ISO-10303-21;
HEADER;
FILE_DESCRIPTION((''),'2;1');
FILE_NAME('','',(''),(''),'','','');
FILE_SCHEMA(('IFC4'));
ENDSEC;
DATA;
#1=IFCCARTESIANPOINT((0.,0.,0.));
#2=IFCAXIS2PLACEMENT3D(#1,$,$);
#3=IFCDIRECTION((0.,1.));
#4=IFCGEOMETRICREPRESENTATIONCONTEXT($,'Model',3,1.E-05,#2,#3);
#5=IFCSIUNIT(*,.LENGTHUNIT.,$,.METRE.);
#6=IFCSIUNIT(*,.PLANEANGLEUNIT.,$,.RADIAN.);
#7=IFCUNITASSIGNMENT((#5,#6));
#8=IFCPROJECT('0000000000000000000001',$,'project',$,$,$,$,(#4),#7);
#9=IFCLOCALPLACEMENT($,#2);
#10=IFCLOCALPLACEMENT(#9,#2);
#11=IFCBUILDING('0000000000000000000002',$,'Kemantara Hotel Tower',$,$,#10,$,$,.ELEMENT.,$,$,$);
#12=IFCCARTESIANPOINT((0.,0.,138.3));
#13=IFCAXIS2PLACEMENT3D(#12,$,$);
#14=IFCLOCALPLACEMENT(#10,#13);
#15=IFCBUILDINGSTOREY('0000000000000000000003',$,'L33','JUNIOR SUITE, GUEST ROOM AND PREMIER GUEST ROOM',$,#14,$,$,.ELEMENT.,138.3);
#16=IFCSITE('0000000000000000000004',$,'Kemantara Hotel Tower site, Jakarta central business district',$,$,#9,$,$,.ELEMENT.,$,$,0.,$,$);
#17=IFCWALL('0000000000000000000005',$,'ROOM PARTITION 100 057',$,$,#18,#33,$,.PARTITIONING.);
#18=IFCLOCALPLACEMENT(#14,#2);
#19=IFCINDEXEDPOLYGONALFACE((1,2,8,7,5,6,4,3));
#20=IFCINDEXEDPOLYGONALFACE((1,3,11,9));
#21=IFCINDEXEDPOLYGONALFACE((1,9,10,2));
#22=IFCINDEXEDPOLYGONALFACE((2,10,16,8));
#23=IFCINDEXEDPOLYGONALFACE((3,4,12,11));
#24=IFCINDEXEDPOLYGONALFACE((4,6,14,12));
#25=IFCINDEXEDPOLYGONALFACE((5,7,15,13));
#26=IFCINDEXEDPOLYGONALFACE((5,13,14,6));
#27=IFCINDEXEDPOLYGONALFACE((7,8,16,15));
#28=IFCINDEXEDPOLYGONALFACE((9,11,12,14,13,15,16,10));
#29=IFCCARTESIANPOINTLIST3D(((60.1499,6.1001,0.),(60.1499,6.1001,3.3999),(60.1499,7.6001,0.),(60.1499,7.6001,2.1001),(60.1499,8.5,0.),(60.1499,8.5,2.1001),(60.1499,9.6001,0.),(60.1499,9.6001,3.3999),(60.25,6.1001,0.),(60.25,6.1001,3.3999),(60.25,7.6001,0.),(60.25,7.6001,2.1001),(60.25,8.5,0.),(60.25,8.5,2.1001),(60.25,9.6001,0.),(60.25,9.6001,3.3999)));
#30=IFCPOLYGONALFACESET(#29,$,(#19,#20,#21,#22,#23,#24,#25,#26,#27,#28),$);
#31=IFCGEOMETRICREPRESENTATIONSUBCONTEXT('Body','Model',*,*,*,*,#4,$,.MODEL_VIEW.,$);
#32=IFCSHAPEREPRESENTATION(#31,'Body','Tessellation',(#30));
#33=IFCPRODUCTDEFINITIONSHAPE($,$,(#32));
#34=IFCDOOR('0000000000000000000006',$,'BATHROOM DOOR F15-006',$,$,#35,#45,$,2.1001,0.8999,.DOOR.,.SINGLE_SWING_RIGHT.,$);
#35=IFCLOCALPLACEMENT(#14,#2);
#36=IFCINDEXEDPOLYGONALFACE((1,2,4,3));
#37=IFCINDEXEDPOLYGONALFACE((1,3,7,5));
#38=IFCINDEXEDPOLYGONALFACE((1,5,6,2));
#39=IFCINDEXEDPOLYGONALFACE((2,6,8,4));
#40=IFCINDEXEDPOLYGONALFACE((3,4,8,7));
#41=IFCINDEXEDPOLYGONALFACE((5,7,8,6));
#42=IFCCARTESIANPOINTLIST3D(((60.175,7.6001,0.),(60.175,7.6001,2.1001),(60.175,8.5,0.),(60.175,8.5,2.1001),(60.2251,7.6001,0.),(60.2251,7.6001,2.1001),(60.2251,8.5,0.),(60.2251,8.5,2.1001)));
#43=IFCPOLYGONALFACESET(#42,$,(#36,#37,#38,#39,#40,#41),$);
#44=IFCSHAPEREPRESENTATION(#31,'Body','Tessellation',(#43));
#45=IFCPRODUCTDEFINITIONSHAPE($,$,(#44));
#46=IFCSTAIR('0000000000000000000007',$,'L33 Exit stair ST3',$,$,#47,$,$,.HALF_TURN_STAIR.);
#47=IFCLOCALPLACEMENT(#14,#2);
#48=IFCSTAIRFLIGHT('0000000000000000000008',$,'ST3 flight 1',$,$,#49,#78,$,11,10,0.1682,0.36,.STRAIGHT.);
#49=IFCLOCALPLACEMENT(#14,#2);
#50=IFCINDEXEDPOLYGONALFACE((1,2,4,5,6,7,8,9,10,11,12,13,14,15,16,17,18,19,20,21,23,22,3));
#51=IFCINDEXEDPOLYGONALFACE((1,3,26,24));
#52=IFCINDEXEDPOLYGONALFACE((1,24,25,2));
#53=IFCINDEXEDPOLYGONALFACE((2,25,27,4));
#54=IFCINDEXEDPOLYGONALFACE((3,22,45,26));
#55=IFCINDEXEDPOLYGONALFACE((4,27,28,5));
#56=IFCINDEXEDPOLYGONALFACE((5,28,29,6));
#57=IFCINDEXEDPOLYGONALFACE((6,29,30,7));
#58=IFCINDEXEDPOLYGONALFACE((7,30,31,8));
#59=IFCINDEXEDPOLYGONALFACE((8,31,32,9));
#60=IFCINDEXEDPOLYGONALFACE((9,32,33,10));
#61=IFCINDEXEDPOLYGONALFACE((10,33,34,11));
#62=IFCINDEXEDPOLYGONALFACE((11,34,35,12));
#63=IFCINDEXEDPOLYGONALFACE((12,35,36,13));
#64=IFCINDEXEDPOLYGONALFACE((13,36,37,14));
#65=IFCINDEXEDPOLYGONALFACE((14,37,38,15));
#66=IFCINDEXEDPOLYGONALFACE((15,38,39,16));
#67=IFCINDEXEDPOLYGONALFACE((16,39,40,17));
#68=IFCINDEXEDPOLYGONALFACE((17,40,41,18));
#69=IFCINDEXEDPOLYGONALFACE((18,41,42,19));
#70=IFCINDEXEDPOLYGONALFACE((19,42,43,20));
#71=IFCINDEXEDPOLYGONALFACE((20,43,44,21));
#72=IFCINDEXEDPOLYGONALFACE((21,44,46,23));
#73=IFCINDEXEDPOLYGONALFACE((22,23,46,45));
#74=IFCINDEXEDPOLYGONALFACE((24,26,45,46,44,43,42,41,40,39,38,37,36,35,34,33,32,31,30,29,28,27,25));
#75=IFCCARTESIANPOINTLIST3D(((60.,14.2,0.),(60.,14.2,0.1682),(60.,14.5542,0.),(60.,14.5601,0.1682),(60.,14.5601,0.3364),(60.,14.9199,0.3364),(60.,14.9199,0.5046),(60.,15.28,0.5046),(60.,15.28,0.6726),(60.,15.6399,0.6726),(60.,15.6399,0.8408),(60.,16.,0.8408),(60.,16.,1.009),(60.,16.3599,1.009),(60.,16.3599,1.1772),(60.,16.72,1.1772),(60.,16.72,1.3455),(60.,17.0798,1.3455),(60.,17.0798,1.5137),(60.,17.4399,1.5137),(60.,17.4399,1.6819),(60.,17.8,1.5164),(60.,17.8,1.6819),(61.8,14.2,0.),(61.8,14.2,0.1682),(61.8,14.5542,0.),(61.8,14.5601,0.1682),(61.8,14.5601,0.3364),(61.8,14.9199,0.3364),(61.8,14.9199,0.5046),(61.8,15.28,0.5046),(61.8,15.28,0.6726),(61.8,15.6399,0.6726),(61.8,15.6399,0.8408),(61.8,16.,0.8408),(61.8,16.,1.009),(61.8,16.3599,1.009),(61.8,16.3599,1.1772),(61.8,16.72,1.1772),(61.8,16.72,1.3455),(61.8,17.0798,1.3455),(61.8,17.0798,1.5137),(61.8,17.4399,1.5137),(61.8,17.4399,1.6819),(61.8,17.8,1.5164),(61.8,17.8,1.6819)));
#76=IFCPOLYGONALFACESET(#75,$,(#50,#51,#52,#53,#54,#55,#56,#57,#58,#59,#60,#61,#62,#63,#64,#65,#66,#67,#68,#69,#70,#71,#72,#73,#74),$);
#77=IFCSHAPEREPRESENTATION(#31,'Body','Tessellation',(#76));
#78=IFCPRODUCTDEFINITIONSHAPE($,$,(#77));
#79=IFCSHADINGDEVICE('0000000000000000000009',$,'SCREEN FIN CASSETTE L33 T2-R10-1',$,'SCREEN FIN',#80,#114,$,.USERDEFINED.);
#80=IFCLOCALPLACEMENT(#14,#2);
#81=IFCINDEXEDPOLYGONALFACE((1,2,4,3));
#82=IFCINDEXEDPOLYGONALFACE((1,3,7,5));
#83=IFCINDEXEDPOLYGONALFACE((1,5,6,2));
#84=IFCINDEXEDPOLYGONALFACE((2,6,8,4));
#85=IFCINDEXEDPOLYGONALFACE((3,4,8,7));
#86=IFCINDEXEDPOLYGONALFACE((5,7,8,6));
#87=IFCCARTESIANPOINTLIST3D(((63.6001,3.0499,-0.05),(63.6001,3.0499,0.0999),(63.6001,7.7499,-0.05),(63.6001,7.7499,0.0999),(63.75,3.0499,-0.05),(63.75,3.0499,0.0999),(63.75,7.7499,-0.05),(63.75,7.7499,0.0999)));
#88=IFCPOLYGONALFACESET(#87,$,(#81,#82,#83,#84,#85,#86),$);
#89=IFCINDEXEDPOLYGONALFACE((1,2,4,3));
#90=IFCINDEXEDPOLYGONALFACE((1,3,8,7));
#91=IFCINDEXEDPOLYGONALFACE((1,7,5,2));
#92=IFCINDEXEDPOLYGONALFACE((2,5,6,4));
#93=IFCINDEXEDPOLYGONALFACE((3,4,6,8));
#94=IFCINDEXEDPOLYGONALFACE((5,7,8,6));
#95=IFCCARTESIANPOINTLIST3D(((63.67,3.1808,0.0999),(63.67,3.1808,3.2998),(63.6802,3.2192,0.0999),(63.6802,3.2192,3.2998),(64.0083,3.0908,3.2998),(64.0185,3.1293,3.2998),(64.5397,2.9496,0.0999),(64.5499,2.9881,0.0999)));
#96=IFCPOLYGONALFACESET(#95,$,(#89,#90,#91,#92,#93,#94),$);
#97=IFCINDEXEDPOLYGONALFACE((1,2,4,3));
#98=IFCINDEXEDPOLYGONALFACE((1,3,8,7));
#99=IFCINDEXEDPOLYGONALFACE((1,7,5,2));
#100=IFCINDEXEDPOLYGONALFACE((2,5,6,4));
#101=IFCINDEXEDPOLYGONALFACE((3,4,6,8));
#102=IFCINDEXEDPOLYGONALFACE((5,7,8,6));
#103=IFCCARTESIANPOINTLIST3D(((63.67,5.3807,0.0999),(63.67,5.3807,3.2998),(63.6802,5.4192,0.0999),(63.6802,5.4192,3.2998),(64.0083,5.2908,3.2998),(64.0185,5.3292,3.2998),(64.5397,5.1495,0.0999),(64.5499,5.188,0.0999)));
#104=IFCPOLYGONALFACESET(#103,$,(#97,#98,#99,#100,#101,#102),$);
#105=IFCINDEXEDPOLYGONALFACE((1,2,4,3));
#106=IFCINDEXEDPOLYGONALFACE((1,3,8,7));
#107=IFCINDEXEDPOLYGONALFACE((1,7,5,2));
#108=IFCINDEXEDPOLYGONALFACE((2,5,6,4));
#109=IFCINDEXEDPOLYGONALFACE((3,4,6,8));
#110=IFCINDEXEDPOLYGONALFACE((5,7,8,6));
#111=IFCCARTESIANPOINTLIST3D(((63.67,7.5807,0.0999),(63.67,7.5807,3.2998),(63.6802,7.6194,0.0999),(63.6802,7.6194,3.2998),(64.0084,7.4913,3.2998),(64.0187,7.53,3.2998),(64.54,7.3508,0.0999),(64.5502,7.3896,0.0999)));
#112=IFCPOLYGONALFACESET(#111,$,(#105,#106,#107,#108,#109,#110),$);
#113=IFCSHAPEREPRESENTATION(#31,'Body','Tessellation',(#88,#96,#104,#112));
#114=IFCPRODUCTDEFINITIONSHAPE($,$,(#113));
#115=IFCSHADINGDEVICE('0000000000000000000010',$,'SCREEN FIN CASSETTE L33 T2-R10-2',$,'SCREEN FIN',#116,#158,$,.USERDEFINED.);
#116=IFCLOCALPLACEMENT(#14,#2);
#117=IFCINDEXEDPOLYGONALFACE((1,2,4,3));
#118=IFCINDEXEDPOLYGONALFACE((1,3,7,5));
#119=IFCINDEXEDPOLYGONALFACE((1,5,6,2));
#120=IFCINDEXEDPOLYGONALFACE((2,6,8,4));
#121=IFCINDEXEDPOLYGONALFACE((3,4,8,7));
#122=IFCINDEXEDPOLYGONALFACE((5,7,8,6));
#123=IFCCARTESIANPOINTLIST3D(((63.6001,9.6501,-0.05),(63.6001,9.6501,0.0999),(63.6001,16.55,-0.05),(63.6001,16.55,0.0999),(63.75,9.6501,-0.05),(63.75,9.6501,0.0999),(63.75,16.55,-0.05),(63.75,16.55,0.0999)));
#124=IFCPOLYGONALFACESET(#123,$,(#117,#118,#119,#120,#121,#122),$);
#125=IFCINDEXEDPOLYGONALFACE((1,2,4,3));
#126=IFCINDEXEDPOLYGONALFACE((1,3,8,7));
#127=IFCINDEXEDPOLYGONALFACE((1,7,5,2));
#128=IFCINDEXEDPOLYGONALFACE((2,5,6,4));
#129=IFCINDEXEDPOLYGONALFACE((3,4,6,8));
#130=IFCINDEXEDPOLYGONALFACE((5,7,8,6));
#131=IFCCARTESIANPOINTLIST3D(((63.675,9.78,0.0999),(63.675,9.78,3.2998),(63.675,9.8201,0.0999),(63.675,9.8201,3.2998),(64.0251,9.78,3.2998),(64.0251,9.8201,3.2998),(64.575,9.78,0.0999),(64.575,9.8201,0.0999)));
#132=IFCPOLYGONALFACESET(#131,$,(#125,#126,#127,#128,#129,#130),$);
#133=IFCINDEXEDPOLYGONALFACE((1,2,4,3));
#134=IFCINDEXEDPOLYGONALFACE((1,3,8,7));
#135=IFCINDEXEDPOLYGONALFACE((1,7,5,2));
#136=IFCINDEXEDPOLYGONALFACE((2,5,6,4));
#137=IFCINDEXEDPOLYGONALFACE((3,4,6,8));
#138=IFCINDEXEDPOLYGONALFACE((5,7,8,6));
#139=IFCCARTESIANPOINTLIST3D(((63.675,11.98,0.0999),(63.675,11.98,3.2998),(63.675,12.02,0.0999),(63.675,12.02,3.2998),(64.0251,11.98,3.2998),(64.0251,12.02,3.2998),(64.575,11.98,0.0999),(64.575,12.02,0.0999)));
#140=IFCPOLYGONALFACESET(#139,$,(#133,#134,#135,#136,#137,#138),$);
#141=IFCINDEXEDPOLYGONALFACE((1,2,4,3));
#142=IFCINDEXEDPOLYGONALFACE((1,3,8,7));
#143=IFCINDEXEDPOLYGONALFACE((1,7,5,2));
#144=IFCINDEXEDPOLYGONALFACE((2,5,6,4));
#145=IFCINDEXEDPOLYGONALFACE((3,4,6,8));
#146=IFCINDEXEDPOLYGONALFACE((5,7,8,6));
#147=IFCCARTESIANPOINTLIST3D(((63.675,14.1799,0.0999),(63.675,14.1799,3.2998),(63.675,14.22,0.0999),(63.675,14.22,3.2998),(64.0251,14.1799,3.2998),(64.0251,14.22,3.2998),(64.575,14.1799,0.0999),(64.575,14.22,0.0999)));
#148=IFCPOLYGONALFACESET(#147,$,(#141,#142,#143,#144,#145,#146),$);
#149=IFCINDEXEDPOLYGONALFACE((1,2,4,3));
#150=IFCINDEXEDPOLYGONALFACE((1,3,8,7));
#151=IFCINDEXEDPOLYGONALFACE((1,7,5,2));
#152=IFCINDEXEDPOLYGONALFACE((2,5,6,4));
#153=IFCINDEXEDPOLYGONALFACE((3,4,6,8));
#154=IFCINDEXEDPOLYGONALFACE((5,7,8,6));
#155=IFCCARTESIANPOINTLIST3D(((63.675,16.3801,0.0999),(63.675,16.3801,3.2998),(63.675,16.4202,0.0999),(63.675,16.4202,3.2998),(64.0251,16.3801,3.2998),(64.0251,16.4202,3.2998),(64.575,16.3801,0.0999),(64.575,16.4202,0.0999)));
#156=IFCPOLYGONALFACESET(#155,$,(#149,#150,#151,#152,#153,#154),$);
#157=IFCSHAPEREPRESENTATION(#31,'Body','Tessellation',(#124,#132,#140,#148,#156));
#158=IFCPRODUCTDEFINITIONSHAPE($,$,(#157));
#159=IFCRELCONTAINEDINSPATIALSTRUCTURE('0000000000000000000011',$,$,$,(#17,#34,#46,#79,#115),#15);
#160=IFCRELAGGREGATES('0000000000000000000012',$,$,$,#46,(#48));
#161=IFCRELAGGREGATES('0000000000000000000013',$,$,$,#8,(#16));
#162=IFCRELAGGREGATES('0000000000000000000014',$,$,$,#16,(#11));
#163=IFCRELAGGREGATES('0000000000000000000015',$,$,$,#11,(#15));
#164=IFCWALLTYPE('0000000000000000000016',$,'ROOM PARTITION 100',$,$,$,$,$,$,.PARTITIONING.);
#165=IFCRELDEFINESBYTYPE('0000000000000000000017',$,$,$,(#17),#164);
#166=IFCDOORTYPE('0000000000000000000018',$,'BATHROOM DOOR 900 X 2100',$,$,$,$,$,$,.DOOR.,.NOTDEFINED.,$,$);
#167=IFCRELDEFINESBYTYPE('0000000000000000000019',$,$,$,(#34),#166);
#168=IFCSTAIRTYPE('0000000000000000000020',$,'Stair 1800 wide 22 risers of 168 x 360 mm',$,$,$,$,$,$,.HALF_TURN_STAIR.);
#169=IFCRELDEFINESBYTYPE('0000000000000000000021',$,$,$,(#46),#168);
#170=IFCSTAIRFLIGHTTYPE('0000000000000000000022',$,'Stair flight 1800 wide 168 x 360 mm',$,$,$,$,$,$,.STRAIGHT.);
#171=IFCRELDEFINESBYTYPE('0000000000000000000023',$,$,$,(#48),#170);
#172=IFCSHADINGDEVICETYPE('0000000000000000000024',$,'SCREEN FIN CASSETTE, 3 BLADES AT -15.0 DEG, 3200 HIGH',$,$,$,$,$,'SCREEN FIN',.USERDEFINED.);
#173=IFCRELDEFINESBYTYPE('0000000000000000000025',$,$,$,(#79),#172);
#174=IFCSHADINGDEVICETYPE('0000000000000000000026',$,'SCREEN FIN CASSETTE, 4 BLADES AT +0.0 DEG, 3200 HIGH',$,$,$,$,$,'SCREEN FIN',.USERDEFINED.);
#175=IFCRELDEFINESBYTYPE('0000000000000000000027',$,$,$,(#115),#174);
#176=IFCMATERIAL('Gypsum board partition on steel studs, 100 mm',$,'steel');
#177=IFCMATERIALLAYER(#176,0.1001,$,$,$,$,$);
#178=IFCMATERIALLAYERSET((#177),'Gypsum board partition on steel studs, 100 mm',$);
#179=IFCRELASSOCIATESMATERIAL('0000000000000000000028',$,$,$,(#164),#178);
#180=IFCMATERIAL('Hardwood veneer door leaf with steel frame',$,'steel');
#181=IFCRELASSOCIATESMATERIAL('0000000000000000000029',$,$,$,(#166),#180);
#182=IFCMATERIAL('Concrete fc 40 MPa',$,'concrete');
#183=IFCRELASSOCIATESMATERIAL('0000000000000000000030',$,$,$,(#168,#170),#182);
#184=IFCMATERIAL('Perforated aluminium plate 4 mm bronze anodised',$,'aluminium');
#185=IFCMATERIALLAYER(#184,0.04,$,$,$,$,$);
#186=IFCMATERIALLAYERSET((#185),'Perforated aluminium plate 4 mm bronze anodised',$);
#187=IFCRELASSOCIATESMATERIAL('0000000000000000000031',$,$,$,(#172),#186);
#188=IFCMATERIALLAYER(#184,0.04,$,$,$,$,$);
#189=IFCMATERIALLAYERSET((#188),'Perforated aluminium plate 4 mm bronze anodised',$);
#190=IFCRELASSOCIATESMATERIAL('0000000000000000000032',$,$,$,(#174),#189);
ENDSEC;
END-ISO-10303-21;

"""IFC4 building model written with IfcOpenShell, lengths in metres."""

from ifc_helpers import new_model, si_unit, direction, frame, frame_2d, origin, origin_2d, place, context, subcontext, project, spatial, polyline, rectangle, outline, extrude, source, transform, mapped, material, layer, layer_set, type_object, element, fill, aggregate, save


model = new_model("IFC4")

# Units and contexts
model_context = context("Model", 3, precision=1e-05, world=origin(), true_north=direction((0.0, 1.0)))
body_context = subcontext(model_context, "Body", "Model", "MODEL_VIEW")
ifc_project = project(units=[si_unit("LENGTHUNIT", "METRE"), si_unit("PLANEANGLEUNIT", "RADIAN")], contexts=[model_context])

# Site, building, storey
site_placement = place(None, origin())
site = spatial("IfcSite", under=ifc_project, at=site_placement, Name="Kemantara Hotel Tower site, Jakarta central business district", CompositionType="ELEMENT", RefElevation=0.0)
building_placement = place(site_placement, origin())
building = spatial("IfcBuilding", under=site, at=building_placement, Name="Kemantara Hotel Tower", CompositionType="ELEMENT")
storey_placement = place(building_placement, frame((0.0, 0.0, 138.3)))
storey = spatial("IfcBuildingStorey", under=building, at=storey_placement, Name="L33", Description="JUNIOR SUITE, GUEST ROOM AND PREMIER GUEST ROOM", CompositionType="ELEMENT", Elevation=138.3)

# Shared definitions
ifc_material_1 = material(Name="Hardwood veneer door leaf with steel frame", Category="steel")

# Shared definitions
ifc_material_2 = material(Name="Concrete fc 40 MPa", Category="concrete")

# Shared definitions
ifc_material_3 = material(Name="Gypsum board partition on steel studs, 100 mm", Category="steel")
ifc_layer_1 = layer(ifc_material_3, 0.1001)
ifc_layer_set_1 = layer_set([ifc_layer_1], Name="Gypsum board partition on steel studs, 100 mm")
wall_type_1 = type_object("IfcWallType", Name="ROOM PARTITION 100", PredefinedType="PARTITIONING", material=ifc_layer_set_1)

# Wall, opening, door
wall_1_placement = place(storey_placement, frame((60.2, 6.1001, 0.0), z_axis=(0.0, 0.0, 1.0), x_axis=(0.0, 1.0, 0.0)))
wall_1 = element("IfcWall", 1, at=wall_1_placement, inside=storey, type_object=wall_type_1, Name="ROOM PARTITION 100 057", PredefinedType="PARTITIONING", context=body_context, shape_type="SweptSolid", body=[
    extrude(rectangle(XDim=3.5, YDim=0.1001, at=frame_2d((1.75, 0.0))), origin(), (0.0, 0.0, 1.0), 3.3999),
])
opening_1_placement = place(wall_1_placement, frame((1.5, 0.0, 0.0)))
opening_1 = element("IfcOpeningElement", 2, at=opening_1_placement, cuts=wall_1, PredefinedType="OPENING", context=body_context, shape_type="SweptSolid", body=[
    extrude(rectangle(XDim=0.8999, YDim=2.1001, at=frame_2d((0.45, 1.05))), frame((0.0, 0.0601, 0.0), z_axis=(0.0, -1.0, 0.0), x_axis=(1.0, 0.0, 0.0)), (0.0, 0.0, 1.0), 0.1201),
])
door_type_1 = type_object("IfcDoorType", Name="BATHROOM DOOR 900 X 2100", OperationType="NOTDEFINED", PredefinedType="DOOR", material=ifc_material_1)
door_1_placement = place(opening_1_placement, origin())
door_1 = element("IfcDoor", 3, at=door_1_placement, inside=storey, type_object=door_type_1, Name="BATHROOM DOOR F15-006", OperationType="SINGLE_SWING_RIGHT", OverallHeight=2.1001, OverallWidth=0.8999, PredefinedType="DOOR", context=body_context, shape_type="SweptSolid", body=[
    extrude(rectangle(XDim=0.8999, YDim=2.1001, at=frame_2d((0.45, 1.05))), frame((0.0, 0.0249, 0.0), z_axis=(0.0, -1.0, 0.0), x_axis=(1.0, 0.0, 0.0)), (0.0, 0.0, 1.0), 0.05),
])
fill(opening_1, door_1)

# Stair, stair flight
stair_type = type_object("IfcStairType", Name="Stair 1800 wide 22 risers of 168 x 360 mm", PredefinedType="HALF_TURN_STAIR", material=ifc_material_2)
stair_placement = place(storey_placement, origin())
stair = element("IfcStair", 4, at=stair_placement, inside=storey, type_object=stair_type, Name="L33 Exit stair ST3", PredefinedType="HALF_TURN_STAIR")
stair_flight_type = type_object("IfcStairFlightType", Name="Stair flight 1800 wide 168 x 360 mm", PredefinedType="STRAIGHT", material=ifc_material_2)
stair_flight_placement = place(storey_placement, frame((60.8999, 14.2, 0.0), z_axis=(0.0, 0.0, 1.0), x_axis=(0.0, 1.0, 0.0)))
stair_flight = element("IfcStairFlight", 5, at=stair_flight_placement, type_object=stair_flight_type, Name="ST3 flight 1", NumberOfRisers=11, NumberOfTreads=10, PredefinedType="STRAIGHT", RiserHeight=0.1682, TreadLength=0.36, context=body_context, shape_type="SweptSolid", body=[
    extrude(outline(polyline([(0.0, 0.0), (0.0, 0.1682), (0.3601, 0.1682), (0.3601, 0.3364), (0.72, 0.3364), (0.72, 0.5046), (1.0801, 0.5046), (1.0801, 0.6726), (1.4399, 0.6726), (1.4399, 0.8408), (1.8, 0.8408), (1.8, 1.009), (2.1599, 1.009), (2.1599, 1.1772), (2.52, 1.1772), (2.52, 1.3455), (2.8799, 1.3455), (2.8799, 1.5137), (3.24, 1.5137), (3.24, 1.6819), (3.6001, 1.6819), (3.6001, 1.8501), (3.6001, 1.5164), (0.3542, 0.0), (0.0, 0.0)])), frame((0.0, 0.8999, 0.0), z_axis=(0.0, -1.0, 0.0), x_axis=(1.0, 0.0, 0.0)), (0.0, 0.0, 1.0), 1.8),
])
aggregate(stair, [stair_flight])

# Shading devices
ifc_material_4 = material(Name="Perforated aluminium plate 4 mm bronze anodised", Category="aluminium")
ifc_layer_2 = layer(ifc_material_4, 0.04)
ifc_layer_set_2 = layer_set([ifc_layer_2], Name="Perforated aluminium plate 4 mm bronze anodised")
shading_device_type_1 = type_object("IfcShadingDeviceType", Name="SCREEN FIN CASSETTE, 3 BLADES AT -15.0 DEG, 3200 HIGH", ElementType="SCREEN FIN", PredefinedType="USERDEFINED", material=ifc_layer_set_2)
shared_shape_1 = source(origin(), body_context, "Body", "SweptSolid", [
    extrude(rectangle(XDim=4.7, YDim=0.1499, at=origin_2d()), frame((2.2, -0.075, -0.1499), z_axis=(0.0, 0.0, 1.0), x_axis=(1.0, 0.0, 0.0)), (0.0, 0.0, 1.0), 0.1499),
    extrude(outline(polyline([(0.0, 0.0), (0.8999, 0.0), (0.3501, 3.2), (0.0, 3.2), (0.0, 0.0)])), frame((0.0193, -0.0801, 0.0), z_axis=(-0.966438, 0.256901, 0.0), x_axis=(-0.256901, -0.966438, 0.0)), (0.0, 0.0, 1.0), 0.0398),
    extrude(outline(polyline([(0.0, 0.0), (0.8999, 0.0), (0.3501, 3.2), (0.0, 3.2), (0.0, 0.0)])), frame((2.2192, -0.0801, 0.0), z_axis=(-0.966438, 0.256901, 0.0), x_axis=(-0.256901, -0.966438, 0.0)), (0.0, 0.0, 1.0), 0.0398),
    extrude(outline(polyline([(0.0, 0.0), (0.8999, 0.0), (0.3501, 3.2), (0.0, 3.2), (0.0, 0.0)])), frame((4.4194, -0.0801, 0.0), z_axis=(-0.966838, 0.255391, 0.0), x_axis=(-0.255391, -0.966838, 0.0)), (0.0, 0.0, 1.0), 0.04),
])
shading_device_1_placement = place(storey_placement, frame((63.6001, 3.2, 0.0999), z_axis=(0.0, 0.0, 1.0), x_axis=(0.0, 1.0, 0.0)))
element("IfcShadingDevice", 6, at=shading_device_1_placement, inside=storey, type_object=shading_device_type_1, Name="SCREEN FIN CASSETTE L33 T2-R10-1", ObjectType="SCREEN FIN", PredefinedType="USERDEFINED", context=body_context, shape_type="MappedRepresentation", body=[
    mapped(shared_shape_1, transform((0.0, 0.0, 0.0))),
])
ifc_layer_3 = layer(ifc_material_4, 0.04)
ifc_layer_set_3 = layer_set([ifc_layer_3], Name="Perforated aluminium plate 4 mm bronze anodised")
shading_device_type_2 = type_object("IfcShadingDeviceType", Name="SCREEN FIN CASSETTE, 4 BLADES AT +0.0 DEG, 3200 HIGH", ElementType="SCREEN FIN", PredefinedType="USERDEFINED", material=ifc_layer_set_3)
shared_shape_2 = source(origin(), body_context, "Body", "SweptSolid", [
    extrude(rectangle(XDim=6.8999, YDim=0.1499, at=origin_2d()), frame((3.3, -0.075, -0.1499), z_axis=(0.0, 0.0, 1.0), x_axis=(1.0, 0.0, 0.0)), (0.0, 0.0, 1.0), 0.1499),
    extrude(outline(polyline([(0.0, 0.0), (0.8999, 0.0), (0.3501, 3.2), (0.0, 3.2), (0.0, 0.0)])), frame((0.02, -0.075, 0.0), z_axis=(-1.0, 0.0, 0.0), x_axis=(0.0, -1.0, 0.0)), (0.0, 0.0, 1.0), 0.04),
    extrude(outline(polyline([(0.0, 0.0), (0.8999, 0.0), (0.3501, 3.2), (0.0, 3.2), (0.0, 0.0)])), frame((2.22, -0.075, 0.0), z_axis=(-1.0, 0.0, 0.0), x_axis=(0.0, -1.0, 0.0)), (0.0, 0.0, 1.0), 0.04),
    extrude(outline(polyline([(0.0, 0.0), (0.8999, 0.0), (0.3501, 3.2), (0.0, 3.2), (0.0, 0.0)])), frame((4.4199, -0.075, 0.0), z_axis=(-1.0, 0.0, 0.0), x_axis=(0.0, -1.0, 0.0)), (0.0, 0.0, 1.0), 0.04),
    extrude(outline(polyline([(0.0, 0.0), (0.8999, 0.0), (0.3501, 3.2), (0.0, 3.2), (0.0, 0.0)])), frame((6.6201, -0.075, 0.0), z_axis=(-1.0, 0.0, 0.0), x_axis=(0.0, -1.0, 0.0)), (0.0, 0.0, 1.0), 0.04),
])
shading_device_2_placement = place(storey_placement, frame((63.6001, 9.8, 0.0999), z_axis=(0.0, 0.0, 1.0), x_axis=(0.0, 1.0, 0.0)))
element("IfcShadingDevice", 7, at=shading_device_2_placement, inside=storey, type_object=shading_device_type_2, Name="SCREEN FIN CASSETTE L33 T2-R10-2", ObjectType="SCREEN FIN", PredefinedType="USERDEFINED", context=body_context, shape_type="MappedRepresentation", body=[
    mapped(shared_shape_2, transform((0.0, 0.0, 0.0))),
])

save(model, "model.ifc")
